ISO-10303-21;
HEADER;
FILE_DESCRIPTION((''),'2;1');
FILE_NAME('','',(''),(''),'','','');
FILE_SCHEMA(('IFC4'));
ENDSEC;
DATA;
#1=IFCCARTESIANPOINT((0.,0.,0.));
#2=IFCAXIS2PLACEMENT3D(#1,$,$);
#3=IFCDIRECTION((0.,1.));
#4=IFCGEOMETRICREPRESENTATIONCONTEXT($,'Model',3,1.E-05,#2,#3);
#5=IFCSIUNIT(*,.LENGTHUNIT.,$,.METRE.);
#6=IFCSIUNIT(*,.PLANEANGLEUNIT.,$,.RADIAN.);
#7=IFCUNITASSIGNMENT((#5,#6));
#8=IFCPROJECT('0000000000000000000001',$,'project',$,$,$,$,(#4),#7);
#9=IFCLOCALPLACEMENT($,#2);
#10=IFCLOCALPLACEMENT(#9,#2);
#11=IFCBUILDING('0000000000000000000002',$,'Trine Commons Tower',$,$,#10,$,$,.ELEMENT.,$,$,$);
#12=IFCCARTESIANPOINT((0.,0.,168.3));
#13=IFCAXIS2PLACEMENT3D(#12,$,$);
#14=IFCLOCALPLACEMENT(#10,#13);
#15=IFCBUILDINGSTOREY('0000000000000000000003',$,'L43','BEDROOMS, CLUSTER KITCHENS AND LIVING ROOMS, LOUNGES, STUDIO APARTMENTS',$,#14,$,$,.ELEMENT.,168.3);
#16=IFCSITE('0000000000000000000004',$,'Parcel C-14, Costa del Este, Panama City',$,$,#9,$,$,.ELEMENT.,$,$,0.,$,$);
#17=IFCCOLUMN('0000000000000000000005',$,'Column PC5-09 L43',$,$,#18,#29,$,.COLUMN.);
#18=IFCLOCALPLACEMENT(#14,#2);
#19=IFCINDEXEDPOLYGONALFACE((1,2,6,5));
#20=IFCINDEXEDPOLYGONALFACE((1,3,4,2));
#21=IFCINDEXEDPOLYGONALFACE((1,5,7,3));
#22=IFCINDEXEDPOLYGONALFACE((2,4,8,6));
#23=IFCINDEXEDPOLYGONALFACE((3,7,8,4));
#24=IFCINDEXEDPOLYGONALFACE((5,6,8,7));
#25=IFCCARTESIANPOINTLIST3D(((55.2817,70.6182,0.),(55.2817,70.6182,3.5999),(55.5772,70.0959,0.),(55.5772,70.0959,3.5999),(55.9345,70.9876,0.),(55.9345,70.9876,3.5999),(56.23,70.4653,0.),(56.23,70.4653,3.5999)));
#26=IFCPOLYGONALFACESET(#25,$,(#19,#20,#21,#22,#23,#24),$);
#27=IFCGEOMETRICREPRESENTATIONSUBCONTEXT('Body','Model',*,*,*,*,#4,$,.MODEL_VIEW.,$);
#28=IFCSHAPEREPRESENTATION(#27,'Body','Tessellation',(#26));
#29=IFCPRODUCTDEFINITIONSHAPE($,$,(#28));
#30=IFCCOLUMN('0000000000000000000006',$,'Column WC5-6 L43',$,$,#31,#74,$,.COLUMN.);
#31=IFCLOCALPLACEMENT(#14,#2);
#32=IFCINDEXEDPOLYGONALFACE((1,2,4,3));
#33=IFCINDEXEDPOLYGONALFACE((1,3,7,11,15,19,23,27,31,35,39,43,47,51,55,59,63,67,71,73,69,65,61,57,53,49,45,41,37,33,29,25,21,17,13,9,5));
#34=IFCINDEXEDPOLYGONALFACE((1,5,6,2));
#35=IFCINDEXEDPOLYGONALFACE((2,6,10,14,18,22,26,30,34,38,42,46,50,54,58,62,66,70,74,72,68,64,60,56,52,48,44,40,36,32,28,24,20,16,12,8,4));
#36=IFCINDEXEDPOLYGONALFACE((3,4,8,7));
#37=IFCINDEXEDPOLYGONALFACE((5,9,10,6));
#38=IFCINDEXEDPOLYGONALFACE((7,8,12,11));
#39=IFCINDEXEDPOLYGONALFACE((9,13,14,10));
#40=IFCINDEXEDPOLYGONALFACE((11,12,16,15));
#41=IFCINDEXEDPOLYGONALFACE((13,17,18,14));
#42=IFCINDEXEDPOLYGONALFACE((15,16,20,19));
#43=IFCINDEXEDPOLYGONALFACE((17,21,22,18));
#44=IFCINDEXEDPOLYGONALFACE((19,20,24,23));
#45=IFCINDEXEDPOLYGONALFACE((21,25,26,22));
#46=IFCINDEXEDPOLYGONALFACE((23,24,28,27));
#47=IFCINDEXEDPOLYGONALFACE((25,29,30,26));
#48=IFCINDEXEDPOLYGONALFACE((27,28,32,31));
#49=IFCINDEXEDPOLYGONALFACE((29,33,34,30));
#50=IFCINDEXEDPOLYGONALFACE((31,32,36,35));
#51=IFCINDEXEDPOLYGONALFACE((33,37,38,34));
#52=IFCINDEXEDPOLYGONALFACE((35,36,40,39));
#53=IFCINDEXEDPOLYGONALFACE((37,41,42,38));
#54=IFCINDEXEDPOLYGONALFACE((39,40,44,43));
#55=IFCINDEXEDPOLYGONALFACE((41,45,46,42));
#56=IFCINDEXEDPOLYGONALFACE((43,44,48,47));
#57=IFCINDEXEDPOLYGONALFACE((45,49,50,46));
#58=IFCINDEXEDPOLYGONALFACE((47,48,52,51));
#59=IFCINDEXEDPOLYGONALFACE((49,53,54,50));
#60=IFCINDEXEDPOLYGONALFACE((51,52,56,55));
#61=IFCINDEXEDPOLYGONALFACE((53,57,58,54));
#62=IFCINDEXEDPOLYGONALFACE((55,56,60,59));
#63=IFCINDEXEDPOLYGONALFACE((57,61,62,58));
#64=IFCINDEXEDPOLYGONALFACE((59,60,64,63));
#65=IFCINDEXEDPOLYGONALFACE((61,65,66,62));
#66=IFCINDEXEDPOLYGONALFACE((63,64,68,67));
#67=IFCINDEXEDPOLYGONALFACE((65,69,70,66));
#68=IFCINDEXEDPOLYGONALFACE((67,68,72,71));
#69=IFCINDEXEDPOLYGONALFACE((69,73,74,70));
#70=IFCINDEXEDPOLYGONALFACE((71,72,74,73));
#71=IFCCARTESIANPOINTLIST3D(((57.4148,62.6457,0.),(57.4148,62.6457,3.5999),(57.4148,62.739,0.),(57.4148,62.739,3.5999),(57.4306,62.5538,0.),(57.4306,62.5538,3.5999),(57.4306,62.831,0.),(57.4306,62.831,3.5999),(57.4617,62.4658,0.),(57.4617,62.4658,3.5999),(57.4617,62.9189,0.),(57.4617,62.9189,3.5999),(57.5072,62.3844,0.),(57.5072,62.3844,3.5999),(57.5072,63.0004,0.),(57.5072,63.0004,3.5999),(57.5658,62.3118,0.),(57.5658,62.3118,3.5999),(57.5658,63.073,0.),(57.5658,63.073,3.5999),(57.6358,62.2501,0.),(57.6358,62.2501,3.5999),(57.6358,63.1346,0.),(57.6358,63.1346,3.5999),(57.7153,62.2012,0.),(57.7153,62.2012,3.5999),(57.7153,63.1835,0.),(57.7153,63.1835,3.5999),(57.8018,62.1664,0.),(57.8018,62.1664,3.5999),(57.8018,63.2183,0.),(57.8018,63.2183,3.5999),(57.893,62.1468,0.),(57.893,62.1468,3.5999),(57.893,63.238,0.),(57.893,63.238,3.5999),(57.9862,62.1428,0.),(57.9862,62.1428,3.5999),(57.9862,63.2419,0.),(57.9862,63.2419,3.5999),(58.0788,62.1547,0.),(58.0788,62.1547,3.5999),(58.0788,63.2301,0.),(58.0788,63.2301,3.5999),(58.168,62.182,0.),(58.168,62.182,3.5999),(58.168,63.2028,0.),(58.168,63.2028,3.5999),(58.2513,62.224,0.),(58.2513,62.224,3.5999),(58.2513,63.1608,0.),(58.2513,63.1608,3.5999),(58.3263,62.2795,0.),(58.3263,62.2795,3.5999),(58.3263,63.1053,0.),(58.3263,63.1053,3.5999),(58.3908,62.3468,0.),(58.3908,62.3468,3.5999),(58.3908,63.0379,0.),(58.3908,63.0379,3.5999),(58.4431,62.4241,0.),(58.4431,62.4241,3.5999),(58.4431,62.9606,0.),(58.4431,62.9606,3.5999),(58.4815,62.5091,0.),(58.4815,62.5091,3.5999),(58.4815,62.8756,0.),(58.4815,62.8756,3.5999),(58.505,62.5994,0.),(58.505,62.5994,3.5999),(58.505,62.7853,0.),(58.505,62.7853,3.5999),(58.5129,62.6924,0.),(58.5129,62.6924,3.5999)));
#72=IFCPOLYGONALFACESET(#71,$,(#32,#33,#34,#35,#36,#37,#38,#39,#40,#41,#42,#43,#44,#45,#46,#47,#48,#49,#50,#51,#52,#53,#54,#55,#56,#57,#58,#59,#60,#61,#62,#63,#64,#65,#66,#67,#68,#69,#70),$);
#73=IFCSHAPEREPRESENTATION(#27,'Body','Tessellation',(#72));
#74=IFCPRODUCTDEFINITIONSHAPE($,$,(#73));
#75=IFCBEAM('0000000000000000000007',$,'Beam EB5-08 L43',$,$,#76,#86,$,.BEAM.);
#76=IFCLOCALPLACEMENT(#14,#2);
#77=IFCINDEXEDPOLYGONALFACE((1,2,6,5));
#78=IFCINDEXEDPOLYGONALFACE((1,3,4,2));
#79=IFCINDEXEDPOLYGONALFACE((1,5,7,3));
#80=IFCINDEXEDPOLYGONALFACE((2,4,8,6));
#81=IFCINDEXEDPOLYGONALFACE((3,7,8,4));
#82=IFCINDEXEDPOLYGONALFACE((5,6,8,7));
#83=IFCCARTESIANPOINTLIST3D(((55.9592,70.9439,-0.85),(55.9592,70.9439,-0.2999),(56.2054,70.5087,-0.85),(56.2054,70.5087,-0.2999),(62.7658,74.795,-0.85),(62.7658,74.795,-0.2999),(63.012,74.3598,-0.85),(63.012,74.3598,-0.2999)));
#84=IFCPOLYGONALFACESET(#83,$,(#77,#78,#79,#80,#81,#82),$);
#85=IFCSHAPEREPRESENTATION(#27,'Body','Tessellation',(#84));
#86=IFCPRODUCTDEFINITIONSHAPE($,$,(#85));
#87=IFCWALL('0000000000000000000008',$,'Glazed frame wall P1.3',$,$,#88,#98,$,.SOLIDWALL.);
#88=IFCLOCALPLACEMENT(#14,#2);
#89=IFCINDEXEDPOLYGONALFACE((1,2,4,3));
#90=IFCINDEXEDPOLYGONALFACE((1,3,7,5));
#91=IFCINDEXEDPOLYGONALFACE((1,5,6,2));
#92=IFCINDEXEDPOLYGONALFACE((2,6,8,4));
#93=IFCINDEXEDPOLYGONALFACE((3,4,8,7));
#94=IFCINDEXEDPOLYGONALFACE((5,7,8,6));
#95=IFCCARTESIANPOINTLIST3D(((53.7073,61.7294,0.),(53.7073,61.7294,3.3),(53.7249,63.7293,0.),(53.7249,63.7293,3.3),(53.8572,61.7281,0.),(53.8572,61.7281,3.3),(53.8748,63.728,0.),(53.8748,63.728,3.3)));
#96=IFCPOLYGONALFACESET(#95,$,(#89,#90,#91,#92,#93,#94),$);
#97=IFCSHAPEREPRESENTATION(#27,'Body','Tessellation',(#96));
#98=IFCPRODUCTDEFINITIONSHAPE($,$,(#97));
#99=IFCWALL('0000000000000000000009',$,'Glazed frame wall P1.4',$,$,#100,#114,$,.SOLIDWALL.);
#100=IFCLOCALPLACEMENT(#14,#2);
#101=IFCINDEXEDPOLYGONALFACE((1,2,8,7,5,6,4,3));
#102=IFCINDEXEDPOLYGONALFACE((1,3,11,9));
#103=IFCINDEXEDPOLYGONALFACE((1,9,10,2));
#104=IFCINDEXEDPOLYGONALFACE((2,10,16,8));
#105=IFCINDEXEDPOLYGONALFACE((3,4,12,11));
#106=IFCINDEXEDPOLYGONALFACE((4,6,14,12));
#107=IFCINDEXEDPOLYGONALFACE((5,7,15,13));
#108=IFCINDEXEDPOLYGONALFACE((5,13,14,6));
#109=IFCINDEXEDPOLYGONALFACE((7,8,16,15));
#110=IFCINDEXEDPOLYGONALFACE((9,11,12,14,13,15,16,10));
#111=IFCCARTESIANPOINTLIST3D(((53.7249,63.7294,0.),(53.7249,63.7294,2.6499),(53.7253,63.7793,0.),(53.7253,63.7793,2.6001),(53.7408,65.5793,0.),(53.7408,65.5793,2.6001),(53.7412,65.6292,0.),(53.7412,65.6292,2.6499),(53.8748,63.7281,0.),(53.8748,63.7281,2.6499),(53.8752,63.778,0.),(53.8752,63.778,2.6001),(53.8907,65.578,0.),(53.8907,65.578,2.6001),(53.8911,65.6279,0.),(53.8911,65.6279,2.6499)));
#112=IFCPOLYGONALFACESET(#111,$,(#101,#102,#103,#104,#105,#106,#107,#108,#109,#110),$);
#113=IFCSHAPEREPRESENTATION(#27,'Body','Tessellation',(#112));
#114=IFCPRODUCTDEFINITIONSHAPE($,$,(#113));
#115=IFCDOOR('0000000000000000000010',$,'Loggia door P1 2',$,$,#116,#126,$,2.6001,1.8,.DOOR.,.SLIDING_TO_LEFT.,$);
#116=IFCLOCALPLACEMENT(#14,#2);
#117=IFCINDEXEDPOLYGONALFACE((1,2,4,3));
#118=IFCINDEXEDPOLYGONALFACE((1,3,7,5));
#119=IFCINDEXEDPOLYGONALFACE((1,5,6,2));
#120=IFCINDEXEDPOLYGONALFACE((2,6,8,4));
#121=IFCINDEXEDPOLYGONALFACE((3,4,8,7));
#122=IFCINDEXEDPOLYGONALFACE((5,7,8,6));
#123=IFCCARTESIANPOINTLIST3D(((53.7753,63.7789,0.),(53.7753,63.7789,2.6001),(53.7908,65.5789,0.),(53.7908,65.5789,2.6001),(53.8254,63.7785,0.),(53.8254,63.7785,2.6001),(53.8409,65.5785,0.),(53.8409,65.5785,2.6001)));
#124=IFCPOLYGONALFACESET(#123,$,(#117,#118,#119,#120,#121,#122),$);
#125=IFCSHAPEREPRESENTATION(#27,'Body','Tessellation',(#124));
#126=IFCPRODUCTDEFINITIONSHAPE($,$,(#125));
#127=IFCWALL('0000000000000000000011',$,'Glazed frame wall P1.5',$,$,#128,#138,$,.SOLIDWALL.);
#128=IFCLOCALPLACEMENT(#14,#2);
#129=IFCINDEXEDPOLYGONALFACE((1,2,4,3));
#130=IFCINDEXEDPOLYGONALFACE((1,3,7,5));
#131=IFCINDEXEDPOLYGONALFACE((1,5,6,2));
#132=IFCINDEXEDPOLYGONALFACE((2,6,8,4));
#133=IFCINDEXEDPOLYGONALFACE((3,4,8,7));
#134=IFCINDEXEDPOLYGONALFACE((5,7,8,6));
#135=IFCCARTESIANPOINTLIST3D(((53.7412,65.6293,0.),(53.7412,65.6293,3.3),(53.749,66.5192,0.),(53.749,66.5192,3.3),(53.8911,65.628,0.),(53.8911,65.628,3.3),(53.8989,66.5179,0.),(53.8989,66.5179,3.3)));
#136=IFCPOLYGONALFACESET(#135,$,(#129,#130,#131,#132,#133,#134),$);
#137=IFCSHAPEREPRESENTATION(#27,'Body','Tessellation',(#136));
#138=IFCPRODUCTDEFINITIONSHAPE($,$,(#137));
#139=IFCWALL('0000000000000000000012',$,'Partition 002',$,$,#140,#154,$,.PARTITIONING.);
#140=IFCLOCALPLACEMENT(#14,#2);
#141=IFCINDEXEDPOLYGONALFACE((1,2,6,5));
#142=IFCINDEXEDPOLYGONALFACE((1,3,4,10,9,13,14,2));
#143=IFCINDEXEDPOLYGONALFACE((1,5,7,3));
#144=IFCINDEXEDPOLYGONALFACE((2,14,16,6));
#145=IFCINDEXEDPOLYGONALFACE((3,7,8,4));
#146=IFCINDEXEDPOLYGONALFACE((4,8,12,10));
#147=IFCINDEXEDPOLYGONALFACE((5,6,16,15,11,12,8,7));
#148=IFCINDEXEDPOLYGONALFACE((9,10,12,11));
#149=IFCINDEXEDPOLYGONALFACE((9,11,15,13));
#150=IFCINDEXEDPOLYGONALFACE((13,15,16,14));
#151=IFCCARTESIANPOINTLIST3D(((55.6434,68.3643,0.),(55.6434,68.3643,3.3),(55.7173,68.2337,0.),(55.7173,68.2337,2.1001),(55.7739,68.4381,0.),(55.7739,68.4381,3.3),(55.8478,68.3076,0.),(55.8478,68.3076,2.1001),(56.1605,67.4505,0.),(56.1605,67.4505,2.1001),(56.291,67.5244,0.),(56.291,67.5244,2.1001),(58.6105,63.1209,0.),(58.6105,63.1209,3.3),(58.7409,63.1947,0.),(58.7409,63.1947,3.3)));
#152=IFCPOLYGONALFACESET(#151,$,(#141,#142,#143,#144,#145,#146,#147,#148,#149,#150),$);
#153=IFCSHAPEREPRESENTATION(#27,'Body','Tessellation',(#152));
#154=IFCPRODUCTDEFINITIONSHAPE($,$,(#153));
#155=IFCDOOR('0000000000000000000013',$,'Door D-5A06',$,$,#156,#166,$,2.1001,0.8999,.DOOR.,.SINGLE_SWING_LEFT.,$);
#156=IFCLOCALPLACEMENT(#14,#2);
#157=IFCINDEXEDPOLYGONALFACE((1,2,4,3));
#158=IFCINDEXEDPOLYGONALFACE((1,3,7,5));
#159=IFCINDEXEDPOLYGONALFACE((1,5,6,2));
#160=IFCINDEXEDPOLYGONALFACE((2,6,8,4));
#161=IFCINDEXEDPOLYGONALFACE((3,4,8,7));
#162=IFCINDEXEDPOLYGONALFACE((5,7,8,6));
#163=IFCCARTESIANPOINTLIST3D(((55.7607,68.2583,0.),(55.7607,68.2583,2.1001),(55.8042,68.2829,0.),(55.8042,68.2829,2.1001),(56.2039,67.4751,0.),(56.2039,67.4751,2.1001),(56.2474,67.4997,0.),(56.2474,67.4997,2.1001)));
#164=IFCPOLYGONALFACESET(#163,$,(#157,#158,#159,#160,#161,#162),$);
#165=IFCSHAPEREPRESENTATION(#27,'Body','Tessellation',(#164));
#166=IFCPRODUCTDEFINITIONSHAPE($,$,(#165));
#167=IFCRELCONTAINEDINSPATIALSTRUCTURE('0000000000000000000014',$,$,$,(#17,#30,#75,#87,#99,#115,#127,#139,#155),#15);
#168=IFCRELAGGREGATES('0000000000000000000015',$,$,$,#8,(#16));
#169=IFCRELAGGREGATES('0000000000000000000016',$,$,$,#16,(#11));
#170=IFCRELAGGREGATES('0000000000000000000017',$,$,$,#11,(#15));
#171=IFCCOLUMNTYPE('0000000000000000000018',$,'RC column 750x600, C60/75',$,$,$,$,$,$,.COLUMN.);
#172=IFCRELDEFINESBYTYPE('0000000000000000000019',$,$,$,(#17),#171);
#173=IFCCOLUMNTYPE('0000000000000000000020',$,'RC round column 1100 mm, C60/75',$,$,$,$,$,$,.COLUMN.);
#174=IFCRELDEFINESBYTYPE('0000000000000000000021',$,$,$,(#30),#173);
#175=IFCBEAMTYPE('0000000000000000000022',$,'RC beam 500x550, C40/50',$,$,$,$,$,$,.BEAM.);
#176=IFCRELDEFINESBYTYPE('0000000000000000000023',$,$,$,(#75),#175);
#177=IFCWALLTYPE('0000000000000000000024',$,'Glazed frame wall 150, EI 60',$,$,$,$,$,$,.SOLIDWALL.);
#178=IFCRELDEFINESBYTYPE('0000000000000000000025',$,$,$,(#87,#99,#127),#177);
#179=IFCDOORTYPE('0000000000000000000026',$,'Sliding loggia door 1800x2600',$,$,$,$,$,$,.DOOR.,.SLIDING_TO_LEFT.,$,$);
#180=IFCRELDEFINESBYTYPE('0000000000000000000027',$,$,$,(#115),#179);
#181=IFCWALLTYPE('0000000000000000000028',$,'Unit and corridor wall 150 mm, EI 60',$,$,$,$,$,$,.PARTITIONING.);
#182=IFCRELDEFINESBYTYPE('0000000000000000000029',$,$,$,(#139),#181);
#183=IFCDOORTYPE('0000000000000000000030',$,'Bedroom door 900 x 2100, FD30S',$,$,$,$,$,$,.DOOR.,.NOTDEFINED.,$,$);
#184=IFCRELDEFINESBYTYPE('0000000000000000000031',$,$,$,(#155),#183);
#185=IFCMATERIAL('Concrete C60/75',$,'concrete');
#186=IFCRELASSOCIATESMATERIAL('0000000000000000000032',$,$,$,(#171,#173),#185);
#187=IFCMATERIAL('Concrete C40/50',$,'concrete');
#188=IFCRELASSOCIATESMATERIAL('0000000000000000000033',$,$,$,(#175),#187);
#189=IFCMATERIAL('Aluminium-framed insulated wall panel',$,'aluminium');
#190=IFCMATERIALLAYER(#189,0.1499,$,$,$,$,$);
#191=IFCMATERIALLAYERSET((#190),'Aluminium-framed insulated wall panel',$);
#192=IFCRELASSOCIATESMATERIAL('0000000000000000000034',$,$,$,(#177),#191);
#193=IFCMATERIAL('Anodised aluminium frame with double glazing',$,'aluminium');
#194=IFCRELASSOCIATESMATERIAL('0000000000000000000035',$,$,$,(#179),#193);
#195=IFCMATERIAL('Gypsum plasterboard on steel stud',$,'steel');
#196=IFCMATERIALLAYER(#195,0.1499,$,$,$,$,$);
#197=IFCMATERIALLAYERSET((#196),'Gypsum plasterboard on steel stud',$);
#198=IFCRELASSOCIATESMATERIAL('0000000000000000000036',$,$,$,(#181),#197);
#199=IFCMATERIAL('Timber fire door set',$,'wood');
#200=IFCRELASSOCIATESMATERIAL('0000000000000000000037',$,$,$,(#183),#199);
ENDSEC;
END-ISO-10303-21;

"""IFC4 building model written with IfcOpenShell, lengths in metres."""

from ifc_helpers import new_model, si_unit, direction, frame, frame_2d, origin, origin_2d, place, context, subcontext, project, spatial, polyline, rectangle, circle, outline, extrude, material, layer, layer_set, material_profile, profile_set, type_object, element, fill, save


model = new_model("IFC4")

# Units and contexts
model_context = context("Model", 3, precision=1e-05, world=origin(), true_north=direction((0.0, 1.0)))
body_context = subcontext(model_context, "Body", "Model", "MODEL_VIEW")
ifc_project = project(units=[si_unit("LENGTHUNIT", "METRE"), si_unit("PLANEANGLEUNIT", "RADIAN")], contexts=[model_context])

# Site, building, storey
site_placement = place(None, origin())
site = spatial("IfcSite", under=ifc_project, at=site_placement, Name="Parcel C-14, Costa del Este, Panama City", CompositionType="ELEMENT", RefElevation=0.0)
building_placement = place(site_placement, origin())
building = spatial("IfcBuilding", under=site, at=building_placement, Name="Trine Commons Tower", CompositionType="ELEMENT")
storey_placement = place(building_placement, frame((0.0, 0.0, 168.3)))
storey = spatial("IfcBuildingStorey", under=building, at=storey_placement, Name="L43", Description="BEDROOMS, CLUSTER KITCHENS AND LIVING ROOMS, LOUNGES, STUDIO APARTMENTS", CompositionType="ELEMENT", Elevation=168.3)

# Columns
ifc_material_1 = material(Name="Concrete C60/75", Category="concrete")
ifc_material_profile_1 = material_profile(ifc_material_1, rectangle(XDim=0.75, YDim=0.6001, at=origin_2d()), Name="RC 750x600")
ifc_profile_set_1 = profile_set([ifc_material_profile_1], Name="Concrete C60/75")
column_type_1 = type_object("IfcColumnType", Name="RC column 750x600, C60/75", PredefinedType="COLUMN", material=ifc_profile_set_1)
column_1_placement = place(storey_placement, frame((55.7559, 70.5417, 0.0), z_axis=(0.0, 0.0, 1.0), x_axis=(0.870356, 0.492424, 0.0)))
element("IfcColumn", 1, at=column_1_placement, inside=storey, type_object=column_type_1, Name="Column PC5-09 L43", PredefinedType="COLUMN", context=body_context, shape_type="SweptSolid", body=[
    extrude(rectangle(XDim=0.75, YDim=0.6001, at=origin_2d()), origin(), (0.0, 0.0, 1.0), 3.5999),
])
ifc_material_profile_2 = material_profile(ifc_material_1, circle(Radius=0.55, at=origin_2d()), Name="RC round 1100")
ifc_profile_set_2 = profile_set([ifc_material_profile_2], Name="Concrete C60/75")
column_type_2 = type_object("IfcColumnType", Name="RC round column 1100 mm, C60/75", PredefinedType="COLUMN", material=ifc_profile_set_2)
column_2_placement = place(storey_placement, frame((57.9629, 62.6924, 0.0), z_axis=(0.0, 0.0, 1.0), x_axis=(1.0, 0.0, 0.0)))
element("IfcColumn", 2, at=column_2_placement, inside=storey, type_object=column_type_2, Name="Column WC5-6 L43", PredefinedType="COLUMN", context=body_context, shape_type="SweptSolid", body=[
    extrude(circle(Radius=0.55, at=origin_2d()), origin(), (0.0, 0.0, 1.0), 3.5999),
])

# Beam
ifc_material_2 = material(Name="Concrete C40/50", Category="concrete")
ifc_material_profile_3 = material_profile(ifc_material_2, rectangle(XDim=0.5, YDim=0.55, at=origin_2d()), Name="RC 500x550")
ifc_profile_set_3 = profile_set([ifc_material_profile_3], Name="Concrete C40/50")
beam_type = type_object("IfcBeamType", Name="RC beam 500x550, C40/50", PredefinedType="BEAM", material=ifc_profile_set_3)
beam_placement = place(storey_placement, frame((56.0823, 70.7263, -0.575), z_axis=(0.870352, 0.49243, 0.0), x_axis=(-0.49243, 0.870352, 0.0)))
element("IfcBeam", 3, at=beam_placement, inside=storey, type_object=beam_type, Name="Beam EB5-08 L43", PredefinedType="BEAM", context=body_context, shape_type="SweptSolid", body=[
    extrude(rectangle(XDim=0.5, YDim=0.55, at=origin_2d()), origin(), (0.0, 0.0, 1.0), 7.8206),
])

# Wall
ifc_material_3 = material(Name="Aluminium-framed insulated wall panel", Category="aluminium")
ifc_layer_1 = layer(ifc_material_3, 0.1499)
ifc_layer_set_1 = layer_set([ifc_layer_1], Name="Aluminium-framed insulated wall panel")
wall_type_1 = type_object("IfcWallType", Name="Glazed frame wall 150, EI 60", PredefinedType="SOLIDWALL", material=ifc_layer_set_1)
wall_1_placement = place(storey_placement, frame((53.7822, 61.7288, 0.0), z_axis=(0.0, 0.0, 1.0), x_axis=(0.008789, 0.999961, 0.0)))
element("IfcWall", 4, at=wall_1_placement, inside=storey, type_object=wall_type_1, Name="Glazed frame wall P1.3", PredefinedType="SOLIDWALL", context=body_context, shape_type="SweptSolid", body=[
    extrude(outline(polyline([(0.0, -0.075), (2.0, -0.075), (2.0, 0.075), (0.0, 0.075), (0.0, -0.075)])), origin(), (0.0, 0.0, 1.0), 3.3),
])

# Wall, opening, door
wall_2_placement = place(storey_placement, frame((53.7998, 63.7288, 0.0), z_axis=(0.0, 0.0, 1.0), x_axis=(0.008609, 0.999963, 0.0)))
wall_2 = element("IfcWall", 5, at=wall_2_placement, inside=storey, type_object=wall_type_1, Name="Glazed frame wall P1.4", PredefinedType="SOLIDWALL", context=body_context, shape_type="SweptSolid", body=[
    extrude(outline(polyline([(0.0, -0.075), (1.8999, -0.075), (1.8999, 0.075), (0.0, 0.075), (0.0, -0.075)])), origin(), (0.0, 0.0, 1.0), 2.6499),
])
opening_1_placement = place(wall_2_placement, frame((0.05, 0.0, 0.0)))
opening_1 = element("IfcOpeningElement", 6, at=opening_1_placement, cuts=wall_2, PredefinedType="OPENING", context=body_context, shape_type="SweptSolid", body=[
    extrude(rectangle(XDim=1.8, YDim=2.6001, at=frame_2d((0.8999, 1.3))), frame((0.0, 0.085, 0.0), z_axis=(0.0, -1.0, 0.0), x_axis=(1.0, 0.0, 0.0)), (0.0, 0.0, 1.0), 0.1699),
])
ifc_material_4 = material(Name="Anodised aluminium frame with double glazing", Category="aluminium")
door_type_1 = type_object("IfcDoorType", Name="Sliding loggia door 1800x2600", OperationType="SLIDING_TO_LEFT", PredefinedType="DOOR", material=ifc_material_4)
door_1_placement = place(opening_1_placement, origin())
door_1 = element("IfcDoor", 7, at=door_1_placement, inside=storey, type_object=door_type_1, Name="Loggia door P1 2", OperationType="SLIDING_TO_LEFT", OverallHeight=2.6001, OverallWidth=1.8, PredefinedType="DOOR", context=body_context, shape_type="SweptSolid", body=[
    extrude(rectangle(XDim=1.8, YDim=2.6001, at=frame_2d((0.8999, 1.3))), frame((0.0, 0.0249, 0.0), z_axis=(0.0, -1.0, 0.0), x_axis=(1.0, 0.0, 0.0)), (0.0, 0.0, 1.0), 0.05),
])
fill(opening_1, door_1)

# Wall
wall_3_placement = place(storey_placement, frame((53.8162, 65.6287, 0.0), z_axis=(0.0, 0.0, 1.0), x_axis=(0.008789, 0.999961, 0.0)))
element("IfcWall", 8, at=wall_3_placement, inside=storey, type_object=wall_type_1, Name="Glazed frame wall P1.5", PredefinedType="SOLIDWALL", context=body_context, shape_type="SweptSolid", body=[
    extrude(outline(polyline([(0.8899, 0.075), (0.0, 0.075), (0.0, -0.075), (0.8899, -0.075), (0.8899, 0.075)])), origin(), (0.0, 0.0, 1.0), 3.3),
])

# Wall, opening, door
ifc_material_5 = material(Name="Gypsum plasterboard on steel stud", Category="steel")
ifc_layer_2 = layer(ifc_material_5, 0.1499)
ifc_layer_set_2 = layer_set([ifc_layer_2], Name="Gypsum plasterboard on steel stud")
wall_type_2 = type_object("IfcWallType", Name="Unit and corridor wall 150 mm, EI 60", PredefinedType="PARTITIONING", material=ifc_layer_set_2)
wall_4_placement = place(storey_placement, frame((55.7087, 68.4011, 0.0), z_axis=(0.0, 0.0, 1.0), x_axis=(0.492482, -0.870323, 0.0)))
wall_4 = element("IfcWall", 9, at=wall_4_placement, inside=storey, type_object=wall_type_2, Name="Partition 002", PredefinedType="PARTITIONING", context=body_context, shape_type="SweptSolid", body=[
    extrude(rectangle(XDim=6.0247, YDim=0.1499, at=frame_2d((3.0122, 0.0))), origin(), (0.0, 0.0, 1.0), 3.3),
])
opening_2_placement = place(wall_4_placement, frame((0.1499, 0.0, 0.0)))
opening_2 = element("IfcOpeningElement", 10, at=opening_2_placement, cuts=wall_4, PredefinedType="OPENING", context=body_context, shape_type="SweptSolid", body=[
    extrude(rectangle(XDim=0.8999, YDim=2.1001, at=frame_2d((0.45, 1.05))), frame((0.0, 0.085, 0.0), z_axis=(0.0, -1.0, 0.0), x_axis=(1.0, 0.0, 0.0)), (0.0, 0.0, 1.0), 0.1699),
])
ifc_material_6 = material(Name="Timber fire door set", Category="wood")
door_type_2 = type_object("IfcDoorType", Name="Bedroom door 900 x 2100, FD30S", OperationType="NOTDEFINED", PredefinedType="DOOR", material=ifc_material_6)
door_2_placement = place(opening_2_placement, origin())
door_2 = element("IfcDoor", 11, at=door_2_placement, inside=storey, type_object=door_type_2, Name="Door D-5A06", OperationType="SINGLE_SWING_LEFT", OverallHeight=2.1001, OverallWidth=0.8999, PredefinedType="DOOR", context=body_context, shape_type="SweptSolid", body=[
    extrude(rectangle(XDim=0.8999, YDim=2.1001, at=frame_2d((0.45, 1.05))), frame((0.0, 0.0249, 0.0), z_axis=(0.0, -1.0, 0.0), x_axis=(1.0, 0.0, 0.0)), (0.0, 0.0, 1.0), 0.05),
])
fill(opening_2, door_2)

save(model, "model.ifc")
